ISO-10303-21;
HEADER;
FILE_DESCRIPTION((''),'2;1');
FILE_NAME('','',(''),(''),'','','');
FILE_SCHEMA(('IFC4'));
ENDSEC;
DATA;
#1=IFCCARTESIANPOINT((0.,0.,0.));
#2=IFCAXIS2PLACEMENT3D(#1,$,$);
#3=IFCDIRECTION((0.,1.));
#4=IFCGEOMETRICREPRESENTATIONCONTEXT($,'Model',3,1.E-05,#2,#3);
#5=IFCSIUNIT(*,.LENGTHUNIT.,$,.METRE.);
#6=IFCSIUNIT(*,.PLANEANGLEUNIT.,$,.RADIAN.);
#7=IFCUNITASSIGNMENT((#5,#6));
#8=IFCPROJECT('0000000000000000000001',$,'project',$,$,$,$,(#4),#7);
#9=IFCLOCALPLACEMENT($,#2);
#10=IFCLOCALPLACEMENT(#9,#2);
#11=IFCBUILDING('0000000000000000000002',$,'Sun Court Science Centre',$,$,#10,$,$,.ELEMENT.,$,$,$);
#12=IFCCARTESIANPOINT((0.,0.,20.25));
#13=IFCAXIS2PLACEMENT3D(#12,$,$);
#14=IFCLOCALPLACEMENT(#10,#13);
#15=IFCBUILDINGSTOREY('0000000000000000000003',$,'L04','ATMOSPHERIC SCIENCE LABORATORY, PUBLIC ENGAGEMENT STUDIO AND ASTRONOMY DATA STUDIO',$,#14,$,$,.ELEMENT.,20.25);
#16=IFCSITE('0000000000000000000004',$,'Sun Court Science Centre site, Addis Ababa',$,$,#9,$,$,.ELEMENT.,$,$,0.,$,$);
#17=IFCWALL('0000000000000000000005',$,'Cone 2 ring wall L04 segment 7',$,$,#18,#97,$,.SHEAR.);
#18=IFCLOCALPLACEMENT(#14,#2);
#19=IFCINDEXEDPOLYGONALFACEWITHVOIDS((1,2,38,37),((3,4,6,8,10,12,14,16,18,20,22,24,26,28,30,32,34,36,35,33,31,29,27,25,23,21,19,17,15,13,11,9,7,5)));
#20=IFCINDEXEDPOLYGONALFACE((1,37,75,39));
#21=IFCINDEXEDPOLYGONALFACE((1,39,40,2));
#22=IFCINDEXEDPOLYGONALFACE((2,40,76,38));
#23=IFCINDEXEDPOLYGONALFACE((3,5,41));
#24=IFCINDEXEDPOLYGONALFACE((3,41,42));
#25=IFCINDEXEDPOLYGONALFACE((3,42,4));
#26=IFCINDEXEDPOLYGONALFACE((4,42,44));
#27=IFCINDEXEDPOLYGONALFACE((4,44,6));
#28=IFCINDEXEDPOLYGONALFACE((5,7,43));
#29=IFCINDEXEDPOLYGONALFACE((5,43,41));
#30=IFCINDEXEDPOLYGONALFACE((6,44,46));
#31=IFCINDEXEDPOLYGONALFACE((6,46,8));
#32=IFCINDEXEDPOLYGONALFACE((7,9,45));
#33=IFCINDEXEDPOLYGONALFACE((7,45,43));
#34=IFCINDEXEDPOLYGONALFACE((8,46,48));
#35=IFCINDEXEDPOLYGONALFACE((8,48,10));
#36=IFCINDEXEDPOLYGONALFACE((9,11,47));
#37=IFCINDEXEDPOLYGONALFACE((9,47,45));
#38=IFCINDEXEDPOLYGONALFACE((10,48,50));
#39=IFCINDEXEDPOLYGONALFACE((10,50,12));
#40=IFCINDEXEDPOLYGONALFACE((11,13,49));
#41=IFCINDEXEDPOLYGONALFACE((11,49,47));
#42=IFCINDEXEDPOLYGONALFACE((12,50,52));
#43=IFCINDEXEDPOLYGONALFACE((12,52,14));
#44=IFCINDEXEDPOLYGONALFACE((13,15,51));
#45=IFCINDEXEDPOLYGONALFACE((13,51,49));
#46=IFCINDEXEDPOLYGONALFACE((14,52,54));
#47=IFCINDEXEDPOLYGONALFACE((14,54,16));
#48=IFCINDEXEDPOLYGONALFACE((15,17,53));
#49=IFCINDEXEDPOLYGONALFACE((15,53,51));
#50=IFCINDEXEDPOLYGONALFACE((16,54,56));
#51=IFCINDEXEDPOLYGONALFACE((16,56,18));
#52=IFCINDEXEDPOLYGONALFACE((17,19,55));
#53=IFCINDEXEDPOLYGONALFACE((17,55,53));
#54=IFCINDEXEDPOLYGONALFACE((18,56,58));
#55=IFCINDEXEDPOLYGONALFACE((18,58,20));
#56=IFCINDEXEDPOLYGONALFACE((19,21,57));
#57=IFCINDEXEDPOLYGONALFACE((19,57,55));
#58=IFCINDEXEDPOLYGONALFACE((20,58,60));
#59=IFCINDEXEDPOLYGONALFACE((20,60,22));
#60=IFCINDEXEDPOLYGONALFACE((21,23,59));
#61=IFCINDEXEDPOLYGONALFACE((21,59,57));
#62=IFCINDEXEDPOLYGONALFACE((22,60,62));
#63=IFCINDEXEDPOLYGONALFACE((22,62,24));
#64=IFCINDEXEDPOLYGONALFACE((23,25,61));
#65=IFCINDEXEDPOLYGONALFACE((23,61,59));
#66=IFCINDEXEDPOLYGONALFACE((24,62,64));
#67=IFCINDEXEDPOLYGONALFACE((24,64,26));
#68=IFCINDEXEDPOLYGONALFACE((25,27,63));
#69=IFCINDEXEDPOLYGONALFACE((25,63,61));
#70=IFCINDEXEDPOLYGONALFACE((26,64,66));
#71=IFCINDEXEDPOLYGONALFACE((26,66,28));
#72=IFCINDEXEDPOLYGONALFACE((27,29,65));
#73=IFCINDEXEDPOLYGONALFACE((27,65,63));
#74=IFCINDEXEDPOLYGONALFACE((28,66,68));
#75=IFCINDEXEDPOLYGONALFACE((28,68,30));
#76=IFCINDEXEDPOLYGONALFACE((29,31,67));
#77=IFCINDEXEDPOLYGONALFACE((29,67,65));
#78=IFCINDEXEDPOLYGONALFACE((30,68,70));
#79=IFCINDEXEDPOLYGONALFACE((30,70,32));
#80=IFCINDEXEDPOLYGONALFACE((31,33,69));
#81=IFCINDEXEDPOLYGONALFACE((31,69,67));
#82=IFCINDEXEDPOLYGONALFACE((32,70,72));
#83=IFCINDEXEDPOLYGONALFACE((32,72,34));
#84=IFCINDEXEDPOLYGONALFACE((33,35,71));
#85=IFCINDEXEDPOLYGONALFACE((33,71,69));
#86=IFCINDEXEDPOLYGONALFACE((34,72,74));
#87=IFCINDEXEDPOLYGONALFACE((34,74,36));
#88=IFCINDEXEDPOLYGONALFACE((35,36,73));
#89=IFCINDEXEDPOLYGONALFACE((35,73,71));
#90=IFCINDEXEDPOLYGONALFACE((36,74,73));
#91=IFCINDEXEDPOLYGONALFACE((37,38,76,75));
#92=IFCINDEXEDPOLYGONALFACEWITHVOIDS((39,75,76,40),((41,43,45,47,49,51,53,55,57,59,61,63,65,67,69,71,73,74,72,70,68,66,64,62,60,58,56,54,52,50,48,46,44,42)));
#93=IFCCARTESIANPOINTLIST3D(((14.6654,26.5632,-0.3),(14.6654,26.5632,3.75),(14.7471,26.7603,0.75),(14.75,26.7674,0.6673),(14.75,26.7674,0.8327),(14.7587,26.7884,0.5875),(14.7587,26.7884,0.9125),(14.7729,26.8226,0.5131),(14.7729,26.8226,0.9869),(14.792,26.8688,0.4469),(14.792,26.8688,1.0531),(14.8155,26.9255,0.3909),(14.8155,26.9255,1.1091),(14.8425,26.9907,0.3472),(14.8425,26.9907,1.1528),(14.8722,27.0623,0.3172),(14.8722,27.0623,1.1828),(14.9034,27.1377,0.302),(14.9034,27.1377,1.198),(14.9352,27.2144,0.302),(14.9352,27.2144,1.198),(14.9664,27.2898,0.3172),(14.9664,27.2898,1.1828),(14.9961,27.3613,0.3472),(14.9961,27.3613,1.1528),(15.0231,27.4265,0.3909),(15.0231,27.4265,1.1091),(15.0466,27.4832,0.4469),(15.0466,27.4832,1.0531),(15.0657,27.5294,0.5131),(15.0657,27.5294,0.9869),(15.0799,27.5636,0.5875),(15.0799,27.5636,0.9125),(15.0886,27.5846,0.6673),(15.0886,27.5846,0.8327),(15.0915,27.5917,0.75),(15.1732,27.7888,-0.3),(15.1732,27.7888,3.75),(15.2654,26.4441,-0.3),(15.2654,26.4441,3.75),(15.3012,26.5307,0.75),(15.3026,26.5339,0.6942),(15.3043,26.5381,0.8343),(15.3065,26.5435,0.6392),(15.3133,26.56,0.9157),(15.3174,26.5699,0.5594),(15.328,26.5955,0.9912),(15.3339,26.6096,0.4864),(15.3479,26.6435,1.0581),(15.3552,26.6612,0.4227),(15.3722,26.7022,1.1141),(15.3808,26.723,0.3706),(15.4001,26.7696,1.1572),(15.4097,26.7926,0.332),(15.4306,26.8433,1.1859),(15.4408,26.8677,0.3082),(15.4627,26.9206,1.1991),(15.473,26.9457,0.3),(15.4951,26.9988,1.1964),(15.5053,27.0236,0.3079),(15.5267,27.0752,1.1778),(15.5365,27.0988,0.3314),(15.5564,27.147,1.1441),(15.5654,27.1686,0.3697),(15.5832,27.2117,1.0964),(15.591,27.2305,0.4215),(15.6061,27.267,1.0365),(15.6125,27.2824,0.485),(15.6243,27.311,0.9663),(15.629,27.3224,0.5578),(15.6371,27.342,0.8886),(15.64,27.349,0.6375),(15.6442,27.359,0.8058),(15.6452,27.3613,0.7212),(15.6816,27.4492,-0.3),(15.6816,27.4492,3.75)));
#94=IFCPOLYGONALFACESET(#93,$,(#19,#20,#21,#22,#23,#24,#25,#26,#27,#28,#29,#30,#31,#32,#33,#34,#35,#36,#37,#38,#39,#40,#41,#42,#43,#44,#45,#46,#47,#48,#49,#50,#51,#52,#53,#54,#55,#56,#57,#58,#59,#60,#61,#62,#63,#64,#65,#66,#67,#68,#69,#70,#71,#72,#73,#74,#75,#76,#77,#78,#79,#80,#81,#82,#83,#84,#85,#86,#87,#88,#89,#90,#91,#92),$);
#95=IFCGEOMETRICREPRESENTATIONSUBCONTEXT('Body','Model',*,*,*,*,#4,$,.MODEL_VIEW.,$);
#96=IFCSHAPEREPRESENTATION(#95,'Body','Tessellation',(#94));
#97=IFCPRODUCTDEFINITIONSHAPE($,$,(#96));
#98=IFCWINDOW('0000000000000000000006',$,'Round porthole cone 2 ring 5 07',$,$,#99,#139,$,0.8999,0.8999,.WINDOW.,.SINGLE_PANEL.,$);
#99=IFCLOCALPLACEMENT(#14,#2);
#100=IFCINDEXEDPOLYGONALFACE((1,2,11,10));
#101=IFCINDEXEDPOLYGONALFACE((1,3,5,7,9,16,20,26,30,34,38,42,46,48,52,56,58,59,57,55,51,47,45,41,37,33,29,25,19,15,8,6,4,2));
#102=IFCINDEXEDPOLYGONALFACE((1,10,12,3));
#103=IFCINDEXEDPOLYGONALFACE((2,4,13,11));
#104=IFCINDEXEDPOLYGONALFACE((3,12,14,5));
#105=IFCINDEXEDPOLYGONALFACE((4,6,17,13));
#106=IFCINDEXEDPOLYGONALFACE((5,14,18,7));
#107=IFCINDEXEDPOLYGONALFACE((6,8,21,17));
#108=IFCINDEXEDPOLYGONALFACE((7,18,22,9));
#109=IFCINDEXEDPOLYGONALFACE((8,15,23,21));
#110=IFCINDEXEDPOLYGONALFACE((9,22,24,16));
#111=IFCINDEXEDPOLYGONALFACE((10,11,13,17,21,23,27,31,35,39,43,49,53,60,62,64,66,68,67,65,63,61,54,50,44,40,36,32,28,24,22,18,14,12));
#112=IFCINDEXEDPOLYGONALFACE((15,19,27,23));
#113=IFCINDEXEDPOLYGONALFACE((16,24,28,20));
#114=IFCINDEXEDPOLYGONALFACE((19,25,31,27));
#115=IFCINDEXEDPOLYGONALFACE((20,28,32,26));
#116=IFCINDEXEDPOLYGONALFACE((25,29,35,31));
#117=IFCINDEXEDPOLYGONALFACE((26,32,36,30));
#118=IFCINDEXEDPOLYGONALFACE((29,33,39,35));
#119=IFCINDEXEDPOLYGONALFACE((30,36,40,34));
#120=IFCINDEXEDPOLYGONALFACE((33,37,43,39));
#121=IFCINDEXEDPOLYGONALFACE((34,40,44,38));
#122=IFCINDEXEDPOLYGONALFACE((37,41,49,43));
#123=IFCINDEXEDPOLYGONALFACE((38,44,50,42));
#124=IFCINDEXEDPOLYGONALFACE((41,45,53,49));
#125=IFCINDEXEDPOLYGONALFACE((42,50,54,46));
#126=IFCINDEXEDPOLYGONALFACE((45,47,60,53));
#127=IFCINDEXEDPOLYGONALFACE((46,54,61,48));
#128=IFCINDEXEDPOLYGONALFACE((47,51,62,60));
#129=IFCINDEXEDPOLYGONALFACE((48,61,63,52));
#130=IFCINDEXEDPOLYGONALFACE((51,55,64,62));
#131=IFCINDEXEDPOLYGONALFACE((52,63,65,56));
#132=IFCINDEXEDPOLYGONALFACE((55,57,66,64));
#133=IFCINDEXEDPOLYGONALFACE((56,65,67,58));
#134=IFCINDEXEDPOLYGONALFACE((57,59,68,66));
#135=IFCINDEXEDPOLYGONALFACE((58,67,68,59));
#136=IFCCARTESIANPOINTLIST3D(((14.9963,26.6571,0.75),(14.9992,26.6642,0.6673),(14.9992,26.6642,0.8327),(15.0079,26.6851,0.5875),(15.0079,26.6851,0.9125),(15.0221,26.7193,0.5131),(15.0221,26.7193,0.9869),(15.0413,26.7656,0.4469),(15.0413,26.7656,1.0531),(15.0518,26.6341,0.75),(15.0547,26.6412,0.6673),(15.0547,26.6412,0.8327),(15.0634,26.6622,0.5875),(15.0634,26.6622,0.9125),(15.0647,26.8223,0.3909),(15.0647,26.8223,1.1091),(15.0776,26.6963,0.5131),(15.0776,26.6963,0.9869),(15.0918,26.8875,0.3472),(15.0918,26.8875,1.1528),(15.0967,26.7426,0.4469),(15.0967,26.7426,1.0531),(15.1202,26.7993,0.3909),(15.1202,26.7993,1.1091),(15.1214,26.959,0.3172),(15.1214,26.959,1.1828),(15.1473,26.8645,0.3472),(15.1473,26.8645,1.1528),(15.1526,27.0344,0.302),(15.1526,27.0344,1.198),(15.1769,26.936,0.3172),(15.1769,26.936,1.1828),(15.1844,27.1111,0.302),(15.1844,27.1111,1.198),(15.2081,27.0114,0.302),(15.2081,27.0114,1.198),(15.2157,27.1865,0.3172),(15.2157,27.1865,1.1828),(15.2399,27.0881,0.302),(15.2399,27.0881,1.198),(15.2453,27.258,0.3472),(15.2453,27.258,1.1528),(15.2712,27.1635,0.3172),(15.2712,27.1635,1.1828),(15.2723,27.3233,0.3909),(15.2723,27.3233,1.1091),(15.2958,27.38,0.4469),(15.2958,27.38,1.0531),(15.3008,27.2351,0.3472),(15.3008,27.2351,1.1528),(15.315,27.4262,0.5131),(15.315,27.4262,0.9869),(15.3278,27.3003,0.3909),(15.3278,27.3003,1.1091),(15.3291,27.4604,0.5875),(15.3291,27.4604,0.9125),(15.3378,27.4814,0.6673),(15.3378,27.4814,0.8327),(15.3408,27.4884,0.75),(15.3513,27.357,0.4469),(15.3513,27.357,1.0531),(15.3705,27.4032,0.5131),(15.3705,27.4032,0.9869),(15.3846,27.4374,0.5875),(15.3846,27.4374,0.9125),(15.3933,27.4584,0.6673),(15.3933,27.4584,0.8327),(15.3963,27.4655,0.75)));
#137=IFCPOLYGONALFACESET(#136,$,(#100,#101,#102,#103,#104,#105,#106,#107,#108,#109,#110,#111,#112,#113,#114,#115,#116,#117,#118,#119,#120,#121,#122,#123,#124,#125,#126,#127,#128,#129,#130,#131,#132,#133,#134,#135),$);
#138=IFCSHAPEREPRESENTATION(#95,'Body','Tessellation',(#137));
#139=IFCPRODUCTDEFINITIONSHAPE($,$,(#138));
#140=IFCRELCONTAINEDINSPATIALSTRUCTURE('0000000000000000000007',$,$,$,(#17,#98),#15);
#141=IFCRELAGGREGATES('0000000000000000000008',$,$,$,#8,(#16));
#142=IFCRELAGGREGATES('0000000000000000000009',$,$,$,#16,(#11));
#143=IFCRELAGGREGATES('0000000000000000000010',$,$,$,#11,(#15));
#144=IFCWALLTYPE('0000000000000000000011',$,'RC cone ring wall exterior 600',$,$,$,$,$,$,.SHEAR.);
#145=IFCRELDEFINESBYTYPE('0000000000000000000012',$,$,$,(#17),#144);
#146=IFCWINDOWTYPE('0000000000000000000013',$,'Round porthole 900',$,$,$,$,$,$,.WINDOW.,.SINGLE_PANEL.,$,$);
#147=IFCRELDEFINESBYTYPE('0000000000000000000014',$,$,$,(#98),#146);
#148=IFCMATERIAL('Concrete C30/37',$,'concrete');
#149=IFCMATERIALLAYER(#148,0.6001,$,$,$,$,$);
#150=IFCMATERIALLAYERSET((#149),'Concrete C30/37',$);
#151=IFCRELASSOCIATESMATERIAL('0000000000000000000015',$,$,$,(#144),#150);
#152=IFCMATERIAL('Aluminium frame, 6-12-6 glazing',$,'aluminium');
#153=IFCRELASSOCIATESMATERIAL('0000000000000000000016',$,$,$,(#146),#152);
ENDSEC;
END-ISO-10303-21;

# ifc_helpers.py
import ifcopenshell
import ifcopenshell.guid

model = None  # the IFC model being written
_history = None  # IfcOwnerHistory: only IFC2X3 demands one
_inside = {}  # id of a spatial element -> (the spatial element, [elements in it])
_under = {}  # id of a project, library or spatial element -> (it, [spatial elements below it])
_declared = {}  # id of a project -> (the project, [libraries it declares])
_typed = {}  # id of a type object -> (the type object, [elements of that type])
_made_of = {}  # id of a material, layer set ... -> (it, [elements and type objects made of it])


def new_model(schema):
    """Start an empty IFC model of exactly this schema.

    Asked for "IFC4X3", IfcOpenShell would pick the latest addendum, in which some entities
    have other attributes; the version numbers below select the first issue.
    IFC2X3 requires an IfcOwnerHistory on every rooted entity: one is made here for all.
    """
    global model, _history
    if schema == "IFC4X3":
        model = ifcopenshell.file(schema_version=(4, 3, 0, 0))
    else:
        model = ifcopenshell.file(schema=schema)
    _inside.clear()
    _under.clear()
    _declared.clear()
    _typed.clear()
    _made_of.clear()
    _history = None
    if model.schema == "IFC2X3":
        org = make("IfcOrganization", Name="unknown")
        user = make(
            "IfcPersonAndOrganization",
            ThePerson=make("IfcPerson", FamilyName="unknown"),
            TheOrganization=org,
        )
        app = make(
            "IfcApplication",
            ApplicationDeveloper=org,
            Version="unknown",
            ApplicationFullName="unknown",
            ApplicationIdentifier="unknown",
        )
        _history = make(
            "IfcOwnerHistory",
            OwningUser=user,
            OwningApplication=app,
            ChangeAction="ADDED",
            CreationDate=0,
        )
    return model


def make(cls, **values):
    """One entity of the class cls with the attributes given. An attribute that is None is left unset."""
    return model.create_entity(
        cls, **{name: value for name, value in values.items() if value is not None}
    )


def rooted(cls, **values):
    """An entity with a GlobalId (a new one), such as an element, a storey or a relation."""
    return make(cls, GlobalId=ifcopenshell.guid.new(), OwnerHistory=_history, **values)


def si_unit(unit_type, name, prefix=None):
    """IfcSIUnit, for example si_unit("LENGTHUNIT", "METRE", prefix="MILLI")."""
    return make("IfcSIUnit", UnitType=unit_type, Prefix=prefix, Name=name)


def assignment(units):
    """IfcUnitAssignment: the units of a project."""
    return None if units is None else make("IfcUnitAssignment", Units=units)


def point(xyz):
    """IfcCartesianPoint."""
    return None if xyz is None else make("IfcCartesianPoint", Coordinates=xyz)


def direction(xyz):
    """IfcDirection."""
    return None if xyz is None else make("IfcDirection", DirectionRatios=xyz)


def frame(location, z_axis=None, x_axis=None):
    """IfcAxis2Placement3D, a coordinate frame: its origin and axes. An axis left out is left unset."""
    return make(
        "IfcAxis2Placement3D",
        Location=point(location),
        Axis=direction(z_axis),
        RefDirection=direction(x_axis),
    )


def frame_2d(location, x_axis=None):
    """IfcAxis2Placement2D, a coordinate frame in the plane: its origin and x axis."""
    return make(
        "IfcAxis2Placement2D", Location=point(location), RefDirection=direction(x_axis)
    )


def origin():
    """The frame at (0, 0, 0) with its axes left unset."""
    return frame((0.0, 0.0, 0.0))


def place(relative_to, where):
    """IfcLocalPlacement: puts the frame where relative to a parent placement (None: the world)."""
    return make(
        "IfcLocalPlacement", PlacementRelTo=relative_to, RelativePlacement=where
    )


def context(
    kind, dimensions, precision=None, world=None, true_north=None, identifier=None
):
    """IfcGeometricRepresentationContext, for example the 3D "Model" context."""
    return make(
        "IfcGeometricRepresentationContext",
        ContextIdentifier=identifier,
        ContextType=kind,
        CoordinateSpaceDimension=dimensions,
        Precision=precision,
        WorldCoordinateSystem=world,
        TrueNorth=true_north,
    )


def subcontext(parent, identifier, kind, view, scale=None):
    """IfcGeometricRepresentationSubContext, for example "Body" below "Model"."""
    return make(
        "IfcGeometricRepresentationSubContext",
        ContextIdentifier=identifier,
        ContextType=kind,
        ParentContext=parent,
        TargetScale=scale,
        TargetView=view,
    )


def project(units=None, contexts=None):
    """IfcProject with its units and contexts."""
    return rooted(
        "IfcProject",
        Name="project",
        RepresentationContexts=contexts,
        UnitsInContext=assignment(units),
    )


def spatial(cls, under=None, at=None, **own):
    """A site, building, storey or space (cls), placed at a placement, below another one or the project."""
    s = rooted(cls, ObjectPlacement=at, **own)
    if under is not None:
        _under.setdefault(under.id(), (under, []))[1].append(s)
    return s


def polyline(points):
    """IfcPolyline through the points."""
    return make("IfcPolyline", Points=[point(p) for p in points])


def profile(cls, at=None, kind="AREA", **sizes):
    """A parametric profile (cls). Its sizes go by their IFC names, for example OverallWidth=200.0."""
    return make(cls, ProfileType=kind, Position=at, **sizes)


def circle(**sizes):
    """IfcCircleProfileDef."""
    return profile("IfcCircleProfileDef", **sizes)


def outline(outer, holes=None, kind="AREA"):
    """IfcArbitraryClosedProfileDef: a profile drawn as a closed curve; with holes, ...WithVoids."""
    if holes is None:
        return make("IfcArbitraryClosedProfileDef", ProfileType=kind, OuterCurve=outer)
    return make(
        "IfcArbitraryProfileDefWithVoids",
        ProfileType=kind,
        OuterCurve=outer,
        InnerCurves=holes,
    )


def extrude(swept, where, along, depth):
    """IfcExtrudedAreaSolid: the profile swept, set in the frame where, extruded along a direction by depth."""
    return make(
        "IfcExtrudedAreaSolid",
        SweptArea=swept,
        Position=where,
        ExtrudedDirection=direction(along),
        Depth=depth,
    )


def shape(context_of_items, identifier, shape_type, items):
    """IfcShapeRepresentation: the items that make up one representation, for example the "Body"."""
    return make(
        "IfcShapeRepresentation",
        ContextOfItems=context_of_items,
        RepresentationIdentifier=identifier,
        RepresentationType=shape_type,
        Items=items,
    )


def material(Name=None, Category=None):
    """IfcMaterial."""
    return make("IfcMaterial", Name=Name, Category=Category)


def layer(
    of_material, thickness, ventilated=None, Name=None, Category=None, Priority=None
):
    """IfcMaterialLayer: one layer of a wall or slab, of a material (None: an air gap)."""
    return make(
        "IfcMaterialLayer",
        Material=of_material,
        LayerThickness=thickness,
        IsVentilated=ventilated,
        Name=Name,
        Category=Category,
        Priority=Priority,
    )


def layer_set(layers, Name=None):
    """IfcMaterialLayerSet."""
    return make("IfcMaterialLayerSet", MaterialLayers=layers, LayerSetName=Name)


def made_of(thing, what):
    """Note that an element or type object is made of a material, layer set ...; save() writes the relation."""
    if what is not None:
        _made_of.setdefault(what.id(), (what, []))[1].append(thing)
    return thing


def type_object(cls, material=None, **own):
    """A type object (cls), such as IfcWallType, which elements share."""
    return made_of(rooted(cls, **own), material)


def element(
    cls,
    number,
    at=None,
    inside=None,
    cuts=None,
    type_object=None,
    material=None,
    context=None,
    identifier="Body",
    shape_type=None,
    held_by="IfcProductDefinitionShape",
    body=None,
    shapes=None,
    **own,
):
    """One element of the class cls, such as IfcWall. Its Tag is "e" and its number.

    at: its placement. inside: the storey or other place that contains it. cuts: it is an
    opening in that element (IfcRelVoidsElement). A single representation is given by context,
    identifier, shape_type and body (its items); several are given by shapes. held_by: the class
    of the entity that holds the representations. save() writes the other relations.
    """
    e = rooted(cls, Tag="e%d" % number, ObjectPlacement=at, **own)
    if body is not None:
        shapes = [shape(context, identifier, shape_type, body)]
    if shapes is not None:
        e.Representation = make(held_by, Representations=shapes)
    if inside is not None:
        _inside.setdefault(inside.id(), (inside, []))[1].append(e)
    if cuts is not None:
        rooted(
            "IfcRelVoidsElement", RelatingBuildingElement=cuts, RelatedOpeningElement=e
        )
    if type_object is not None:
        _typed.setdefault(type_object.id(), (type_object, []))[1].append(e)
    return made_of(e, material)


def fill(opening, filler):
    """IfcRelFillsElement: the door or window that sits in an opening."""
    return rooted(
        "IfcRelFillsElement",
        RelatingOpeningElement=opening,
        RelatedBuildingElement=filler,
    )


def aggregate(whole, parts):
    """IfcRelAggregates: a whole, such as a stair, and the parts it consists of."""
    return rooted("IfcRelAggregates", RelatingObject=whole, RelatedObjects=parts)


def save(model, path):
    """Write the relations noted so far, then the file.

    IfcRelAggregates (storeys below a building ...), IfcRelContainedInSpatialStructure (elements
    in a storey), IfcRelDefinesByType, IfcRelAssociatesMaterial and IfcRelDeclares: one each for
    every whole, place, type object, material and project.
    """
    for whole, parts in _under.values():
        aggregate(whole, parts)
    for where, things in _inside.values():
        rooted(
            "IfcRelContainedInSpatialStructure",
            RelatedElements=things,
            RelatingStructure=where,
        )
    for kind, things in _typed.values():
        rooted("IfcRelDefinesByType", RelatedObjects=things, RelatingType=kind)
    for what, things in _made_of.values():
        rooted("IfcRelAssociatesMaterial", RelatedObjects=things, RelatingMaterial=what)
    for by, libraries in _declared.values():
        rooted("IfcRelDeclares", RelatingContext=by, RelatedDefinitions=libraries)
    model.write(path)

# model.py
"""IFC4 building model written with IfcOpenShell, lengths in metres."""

from ifc_helpers import new_model, si_unit, direction, frame, frame_2d, origin, place, context, subcontext, project, spatial, polyline, circle, outline, extrude, material, layer, layer_set, type_object, element, fill, save


model = new_model("IFC4")

# Units and contexts
model_context = context("Model", 3, precision=1e-05, world=origin(), true_north=direction((0.0, 1.0)))
body_context = subcontext(model_context, "Body", "Model", "MODEL_VIEW")
ifc_project = project(units=[si_unit("LENGTHUNIT", "METRE"), si_unit("PLANEANGLEUNIT", "RADIAN")], contexts=[model_context])

# Site, building, storey
site_placement = place(None, origin())
site = spatial("IfcSite", under=ifc_project, at=site_placement, Name="Sun Court Science Centre site, Addis Ababa", CompositionType="ELEMENT", RefElevation=0.0)
building_placement = place(site_placement, origin())
building = spatial("IfcBuilding", under=site, at=building_placement, Name="Sun Court Science Centre", CompositionType="ELEMENT")
storey_placement = place(building_placement, frame((0.0, 0.0, 20.25)))
storey = spatial("IfcBuildingStorey", under=building, at=storey_placement, Name="L04", Description="ATMOSPHERIC SCIENCE LABORATORY, PUBLIC ENGAGEMENT STUDIO AND ASTRONOMY DATA STUDIO", CompositionType="ELEMENT", Elevation=20.25)

# Wall, opening, window
ifc_material_1 = material(Name="Concrete C30/37", Category="concrete")
ifc_layer = layer(ifc_material_1, 0.6001)
ifc_layer_set = layer_set([ifc_layer], Name="Concrete C30/37")
wall_type = type_object("IfcWallType", Name="RC cone ring wall exterior 600", PredefinedType="SHEAR", material=ifc_layer_set)
ifc_material_2 = material(Name="Aluminium frame, 6-12-6 glazing", Category="aluminium")
window_type = type_object("IfcWindowType", Name="Round porthole 900", PartitioningType="SINGLE_PANEL", PredefinedType="WINDOW", material=ifc_material_2)
wall_1_placement = place(storey_placement, frame((15.4502, 27.6741, -0.3), z_axis=(0.0, 0.0, 1.0), x_axis=(-0.382785, -0.923837, 0.0)))
wall_1 = element("IfcWall", 1, at=wall_1_placement, inside=storey, type_object=wall_type, Name="Cone 2 ring wall L04 segment 7", PredefinedType="SHEAR", context=body_context, shape_type="SweptSolid", body=[
    extrude(outline(polyline([(0.0, -0.2998), (1.3267, -0.2998), (1.207, 0.3), (0.1191, 0.2998), (0.0, -0.2998)])), origin(), (0.0, 0.0, 1.0), 4.05),
])
opening_1_placement = place(wall_1_placement, frame((0.2134, 0.0, 0.6001)))
opening_1 = element("IfcOpeningElement", 2, at=opening_1_placement, cuts=wall_1, PredefinedType="OPENING", context=body_context, shape_type="SweptSolid", body=[
    extrude(circle(Radius=0.45, at=frame_2d((0.45, 0.45))), frame((0.0, 0.3101, 0.0), z_axis=(0.0, -1.0, 0.0), x_axis=(1.0, 0.0, 0.0)), (0.0, 0.0, 1.0), 0.6201),
])
window_1_placement = place(opening_1_placement, origin())
window_1 = element("IfcWindow", 3, at=window_1_placement, inside=storey, type_object=window_type, Name="Round porthole cone 2 ring 5 07", OverallHeight=0.8999, OverallWidth=0.8999, PartitioningType="SINGLE_PANEL", PredefinedType="WINDOW", context=body_context, shape_type="SweptSolid", body=[
    extrude(circle(Radius=0.45, at=frame_2d((0.45, 0.45))), frame((0.0, 0.03, 0.0), z_axis=(0.0, -1.0, 0.0), x_axis=(1.0, 0.0, 0.0)), (0.0, 0.0, 1.0), 0.0601),
])
fill(opening_1, window_1)

save(model, "model.ifc")
